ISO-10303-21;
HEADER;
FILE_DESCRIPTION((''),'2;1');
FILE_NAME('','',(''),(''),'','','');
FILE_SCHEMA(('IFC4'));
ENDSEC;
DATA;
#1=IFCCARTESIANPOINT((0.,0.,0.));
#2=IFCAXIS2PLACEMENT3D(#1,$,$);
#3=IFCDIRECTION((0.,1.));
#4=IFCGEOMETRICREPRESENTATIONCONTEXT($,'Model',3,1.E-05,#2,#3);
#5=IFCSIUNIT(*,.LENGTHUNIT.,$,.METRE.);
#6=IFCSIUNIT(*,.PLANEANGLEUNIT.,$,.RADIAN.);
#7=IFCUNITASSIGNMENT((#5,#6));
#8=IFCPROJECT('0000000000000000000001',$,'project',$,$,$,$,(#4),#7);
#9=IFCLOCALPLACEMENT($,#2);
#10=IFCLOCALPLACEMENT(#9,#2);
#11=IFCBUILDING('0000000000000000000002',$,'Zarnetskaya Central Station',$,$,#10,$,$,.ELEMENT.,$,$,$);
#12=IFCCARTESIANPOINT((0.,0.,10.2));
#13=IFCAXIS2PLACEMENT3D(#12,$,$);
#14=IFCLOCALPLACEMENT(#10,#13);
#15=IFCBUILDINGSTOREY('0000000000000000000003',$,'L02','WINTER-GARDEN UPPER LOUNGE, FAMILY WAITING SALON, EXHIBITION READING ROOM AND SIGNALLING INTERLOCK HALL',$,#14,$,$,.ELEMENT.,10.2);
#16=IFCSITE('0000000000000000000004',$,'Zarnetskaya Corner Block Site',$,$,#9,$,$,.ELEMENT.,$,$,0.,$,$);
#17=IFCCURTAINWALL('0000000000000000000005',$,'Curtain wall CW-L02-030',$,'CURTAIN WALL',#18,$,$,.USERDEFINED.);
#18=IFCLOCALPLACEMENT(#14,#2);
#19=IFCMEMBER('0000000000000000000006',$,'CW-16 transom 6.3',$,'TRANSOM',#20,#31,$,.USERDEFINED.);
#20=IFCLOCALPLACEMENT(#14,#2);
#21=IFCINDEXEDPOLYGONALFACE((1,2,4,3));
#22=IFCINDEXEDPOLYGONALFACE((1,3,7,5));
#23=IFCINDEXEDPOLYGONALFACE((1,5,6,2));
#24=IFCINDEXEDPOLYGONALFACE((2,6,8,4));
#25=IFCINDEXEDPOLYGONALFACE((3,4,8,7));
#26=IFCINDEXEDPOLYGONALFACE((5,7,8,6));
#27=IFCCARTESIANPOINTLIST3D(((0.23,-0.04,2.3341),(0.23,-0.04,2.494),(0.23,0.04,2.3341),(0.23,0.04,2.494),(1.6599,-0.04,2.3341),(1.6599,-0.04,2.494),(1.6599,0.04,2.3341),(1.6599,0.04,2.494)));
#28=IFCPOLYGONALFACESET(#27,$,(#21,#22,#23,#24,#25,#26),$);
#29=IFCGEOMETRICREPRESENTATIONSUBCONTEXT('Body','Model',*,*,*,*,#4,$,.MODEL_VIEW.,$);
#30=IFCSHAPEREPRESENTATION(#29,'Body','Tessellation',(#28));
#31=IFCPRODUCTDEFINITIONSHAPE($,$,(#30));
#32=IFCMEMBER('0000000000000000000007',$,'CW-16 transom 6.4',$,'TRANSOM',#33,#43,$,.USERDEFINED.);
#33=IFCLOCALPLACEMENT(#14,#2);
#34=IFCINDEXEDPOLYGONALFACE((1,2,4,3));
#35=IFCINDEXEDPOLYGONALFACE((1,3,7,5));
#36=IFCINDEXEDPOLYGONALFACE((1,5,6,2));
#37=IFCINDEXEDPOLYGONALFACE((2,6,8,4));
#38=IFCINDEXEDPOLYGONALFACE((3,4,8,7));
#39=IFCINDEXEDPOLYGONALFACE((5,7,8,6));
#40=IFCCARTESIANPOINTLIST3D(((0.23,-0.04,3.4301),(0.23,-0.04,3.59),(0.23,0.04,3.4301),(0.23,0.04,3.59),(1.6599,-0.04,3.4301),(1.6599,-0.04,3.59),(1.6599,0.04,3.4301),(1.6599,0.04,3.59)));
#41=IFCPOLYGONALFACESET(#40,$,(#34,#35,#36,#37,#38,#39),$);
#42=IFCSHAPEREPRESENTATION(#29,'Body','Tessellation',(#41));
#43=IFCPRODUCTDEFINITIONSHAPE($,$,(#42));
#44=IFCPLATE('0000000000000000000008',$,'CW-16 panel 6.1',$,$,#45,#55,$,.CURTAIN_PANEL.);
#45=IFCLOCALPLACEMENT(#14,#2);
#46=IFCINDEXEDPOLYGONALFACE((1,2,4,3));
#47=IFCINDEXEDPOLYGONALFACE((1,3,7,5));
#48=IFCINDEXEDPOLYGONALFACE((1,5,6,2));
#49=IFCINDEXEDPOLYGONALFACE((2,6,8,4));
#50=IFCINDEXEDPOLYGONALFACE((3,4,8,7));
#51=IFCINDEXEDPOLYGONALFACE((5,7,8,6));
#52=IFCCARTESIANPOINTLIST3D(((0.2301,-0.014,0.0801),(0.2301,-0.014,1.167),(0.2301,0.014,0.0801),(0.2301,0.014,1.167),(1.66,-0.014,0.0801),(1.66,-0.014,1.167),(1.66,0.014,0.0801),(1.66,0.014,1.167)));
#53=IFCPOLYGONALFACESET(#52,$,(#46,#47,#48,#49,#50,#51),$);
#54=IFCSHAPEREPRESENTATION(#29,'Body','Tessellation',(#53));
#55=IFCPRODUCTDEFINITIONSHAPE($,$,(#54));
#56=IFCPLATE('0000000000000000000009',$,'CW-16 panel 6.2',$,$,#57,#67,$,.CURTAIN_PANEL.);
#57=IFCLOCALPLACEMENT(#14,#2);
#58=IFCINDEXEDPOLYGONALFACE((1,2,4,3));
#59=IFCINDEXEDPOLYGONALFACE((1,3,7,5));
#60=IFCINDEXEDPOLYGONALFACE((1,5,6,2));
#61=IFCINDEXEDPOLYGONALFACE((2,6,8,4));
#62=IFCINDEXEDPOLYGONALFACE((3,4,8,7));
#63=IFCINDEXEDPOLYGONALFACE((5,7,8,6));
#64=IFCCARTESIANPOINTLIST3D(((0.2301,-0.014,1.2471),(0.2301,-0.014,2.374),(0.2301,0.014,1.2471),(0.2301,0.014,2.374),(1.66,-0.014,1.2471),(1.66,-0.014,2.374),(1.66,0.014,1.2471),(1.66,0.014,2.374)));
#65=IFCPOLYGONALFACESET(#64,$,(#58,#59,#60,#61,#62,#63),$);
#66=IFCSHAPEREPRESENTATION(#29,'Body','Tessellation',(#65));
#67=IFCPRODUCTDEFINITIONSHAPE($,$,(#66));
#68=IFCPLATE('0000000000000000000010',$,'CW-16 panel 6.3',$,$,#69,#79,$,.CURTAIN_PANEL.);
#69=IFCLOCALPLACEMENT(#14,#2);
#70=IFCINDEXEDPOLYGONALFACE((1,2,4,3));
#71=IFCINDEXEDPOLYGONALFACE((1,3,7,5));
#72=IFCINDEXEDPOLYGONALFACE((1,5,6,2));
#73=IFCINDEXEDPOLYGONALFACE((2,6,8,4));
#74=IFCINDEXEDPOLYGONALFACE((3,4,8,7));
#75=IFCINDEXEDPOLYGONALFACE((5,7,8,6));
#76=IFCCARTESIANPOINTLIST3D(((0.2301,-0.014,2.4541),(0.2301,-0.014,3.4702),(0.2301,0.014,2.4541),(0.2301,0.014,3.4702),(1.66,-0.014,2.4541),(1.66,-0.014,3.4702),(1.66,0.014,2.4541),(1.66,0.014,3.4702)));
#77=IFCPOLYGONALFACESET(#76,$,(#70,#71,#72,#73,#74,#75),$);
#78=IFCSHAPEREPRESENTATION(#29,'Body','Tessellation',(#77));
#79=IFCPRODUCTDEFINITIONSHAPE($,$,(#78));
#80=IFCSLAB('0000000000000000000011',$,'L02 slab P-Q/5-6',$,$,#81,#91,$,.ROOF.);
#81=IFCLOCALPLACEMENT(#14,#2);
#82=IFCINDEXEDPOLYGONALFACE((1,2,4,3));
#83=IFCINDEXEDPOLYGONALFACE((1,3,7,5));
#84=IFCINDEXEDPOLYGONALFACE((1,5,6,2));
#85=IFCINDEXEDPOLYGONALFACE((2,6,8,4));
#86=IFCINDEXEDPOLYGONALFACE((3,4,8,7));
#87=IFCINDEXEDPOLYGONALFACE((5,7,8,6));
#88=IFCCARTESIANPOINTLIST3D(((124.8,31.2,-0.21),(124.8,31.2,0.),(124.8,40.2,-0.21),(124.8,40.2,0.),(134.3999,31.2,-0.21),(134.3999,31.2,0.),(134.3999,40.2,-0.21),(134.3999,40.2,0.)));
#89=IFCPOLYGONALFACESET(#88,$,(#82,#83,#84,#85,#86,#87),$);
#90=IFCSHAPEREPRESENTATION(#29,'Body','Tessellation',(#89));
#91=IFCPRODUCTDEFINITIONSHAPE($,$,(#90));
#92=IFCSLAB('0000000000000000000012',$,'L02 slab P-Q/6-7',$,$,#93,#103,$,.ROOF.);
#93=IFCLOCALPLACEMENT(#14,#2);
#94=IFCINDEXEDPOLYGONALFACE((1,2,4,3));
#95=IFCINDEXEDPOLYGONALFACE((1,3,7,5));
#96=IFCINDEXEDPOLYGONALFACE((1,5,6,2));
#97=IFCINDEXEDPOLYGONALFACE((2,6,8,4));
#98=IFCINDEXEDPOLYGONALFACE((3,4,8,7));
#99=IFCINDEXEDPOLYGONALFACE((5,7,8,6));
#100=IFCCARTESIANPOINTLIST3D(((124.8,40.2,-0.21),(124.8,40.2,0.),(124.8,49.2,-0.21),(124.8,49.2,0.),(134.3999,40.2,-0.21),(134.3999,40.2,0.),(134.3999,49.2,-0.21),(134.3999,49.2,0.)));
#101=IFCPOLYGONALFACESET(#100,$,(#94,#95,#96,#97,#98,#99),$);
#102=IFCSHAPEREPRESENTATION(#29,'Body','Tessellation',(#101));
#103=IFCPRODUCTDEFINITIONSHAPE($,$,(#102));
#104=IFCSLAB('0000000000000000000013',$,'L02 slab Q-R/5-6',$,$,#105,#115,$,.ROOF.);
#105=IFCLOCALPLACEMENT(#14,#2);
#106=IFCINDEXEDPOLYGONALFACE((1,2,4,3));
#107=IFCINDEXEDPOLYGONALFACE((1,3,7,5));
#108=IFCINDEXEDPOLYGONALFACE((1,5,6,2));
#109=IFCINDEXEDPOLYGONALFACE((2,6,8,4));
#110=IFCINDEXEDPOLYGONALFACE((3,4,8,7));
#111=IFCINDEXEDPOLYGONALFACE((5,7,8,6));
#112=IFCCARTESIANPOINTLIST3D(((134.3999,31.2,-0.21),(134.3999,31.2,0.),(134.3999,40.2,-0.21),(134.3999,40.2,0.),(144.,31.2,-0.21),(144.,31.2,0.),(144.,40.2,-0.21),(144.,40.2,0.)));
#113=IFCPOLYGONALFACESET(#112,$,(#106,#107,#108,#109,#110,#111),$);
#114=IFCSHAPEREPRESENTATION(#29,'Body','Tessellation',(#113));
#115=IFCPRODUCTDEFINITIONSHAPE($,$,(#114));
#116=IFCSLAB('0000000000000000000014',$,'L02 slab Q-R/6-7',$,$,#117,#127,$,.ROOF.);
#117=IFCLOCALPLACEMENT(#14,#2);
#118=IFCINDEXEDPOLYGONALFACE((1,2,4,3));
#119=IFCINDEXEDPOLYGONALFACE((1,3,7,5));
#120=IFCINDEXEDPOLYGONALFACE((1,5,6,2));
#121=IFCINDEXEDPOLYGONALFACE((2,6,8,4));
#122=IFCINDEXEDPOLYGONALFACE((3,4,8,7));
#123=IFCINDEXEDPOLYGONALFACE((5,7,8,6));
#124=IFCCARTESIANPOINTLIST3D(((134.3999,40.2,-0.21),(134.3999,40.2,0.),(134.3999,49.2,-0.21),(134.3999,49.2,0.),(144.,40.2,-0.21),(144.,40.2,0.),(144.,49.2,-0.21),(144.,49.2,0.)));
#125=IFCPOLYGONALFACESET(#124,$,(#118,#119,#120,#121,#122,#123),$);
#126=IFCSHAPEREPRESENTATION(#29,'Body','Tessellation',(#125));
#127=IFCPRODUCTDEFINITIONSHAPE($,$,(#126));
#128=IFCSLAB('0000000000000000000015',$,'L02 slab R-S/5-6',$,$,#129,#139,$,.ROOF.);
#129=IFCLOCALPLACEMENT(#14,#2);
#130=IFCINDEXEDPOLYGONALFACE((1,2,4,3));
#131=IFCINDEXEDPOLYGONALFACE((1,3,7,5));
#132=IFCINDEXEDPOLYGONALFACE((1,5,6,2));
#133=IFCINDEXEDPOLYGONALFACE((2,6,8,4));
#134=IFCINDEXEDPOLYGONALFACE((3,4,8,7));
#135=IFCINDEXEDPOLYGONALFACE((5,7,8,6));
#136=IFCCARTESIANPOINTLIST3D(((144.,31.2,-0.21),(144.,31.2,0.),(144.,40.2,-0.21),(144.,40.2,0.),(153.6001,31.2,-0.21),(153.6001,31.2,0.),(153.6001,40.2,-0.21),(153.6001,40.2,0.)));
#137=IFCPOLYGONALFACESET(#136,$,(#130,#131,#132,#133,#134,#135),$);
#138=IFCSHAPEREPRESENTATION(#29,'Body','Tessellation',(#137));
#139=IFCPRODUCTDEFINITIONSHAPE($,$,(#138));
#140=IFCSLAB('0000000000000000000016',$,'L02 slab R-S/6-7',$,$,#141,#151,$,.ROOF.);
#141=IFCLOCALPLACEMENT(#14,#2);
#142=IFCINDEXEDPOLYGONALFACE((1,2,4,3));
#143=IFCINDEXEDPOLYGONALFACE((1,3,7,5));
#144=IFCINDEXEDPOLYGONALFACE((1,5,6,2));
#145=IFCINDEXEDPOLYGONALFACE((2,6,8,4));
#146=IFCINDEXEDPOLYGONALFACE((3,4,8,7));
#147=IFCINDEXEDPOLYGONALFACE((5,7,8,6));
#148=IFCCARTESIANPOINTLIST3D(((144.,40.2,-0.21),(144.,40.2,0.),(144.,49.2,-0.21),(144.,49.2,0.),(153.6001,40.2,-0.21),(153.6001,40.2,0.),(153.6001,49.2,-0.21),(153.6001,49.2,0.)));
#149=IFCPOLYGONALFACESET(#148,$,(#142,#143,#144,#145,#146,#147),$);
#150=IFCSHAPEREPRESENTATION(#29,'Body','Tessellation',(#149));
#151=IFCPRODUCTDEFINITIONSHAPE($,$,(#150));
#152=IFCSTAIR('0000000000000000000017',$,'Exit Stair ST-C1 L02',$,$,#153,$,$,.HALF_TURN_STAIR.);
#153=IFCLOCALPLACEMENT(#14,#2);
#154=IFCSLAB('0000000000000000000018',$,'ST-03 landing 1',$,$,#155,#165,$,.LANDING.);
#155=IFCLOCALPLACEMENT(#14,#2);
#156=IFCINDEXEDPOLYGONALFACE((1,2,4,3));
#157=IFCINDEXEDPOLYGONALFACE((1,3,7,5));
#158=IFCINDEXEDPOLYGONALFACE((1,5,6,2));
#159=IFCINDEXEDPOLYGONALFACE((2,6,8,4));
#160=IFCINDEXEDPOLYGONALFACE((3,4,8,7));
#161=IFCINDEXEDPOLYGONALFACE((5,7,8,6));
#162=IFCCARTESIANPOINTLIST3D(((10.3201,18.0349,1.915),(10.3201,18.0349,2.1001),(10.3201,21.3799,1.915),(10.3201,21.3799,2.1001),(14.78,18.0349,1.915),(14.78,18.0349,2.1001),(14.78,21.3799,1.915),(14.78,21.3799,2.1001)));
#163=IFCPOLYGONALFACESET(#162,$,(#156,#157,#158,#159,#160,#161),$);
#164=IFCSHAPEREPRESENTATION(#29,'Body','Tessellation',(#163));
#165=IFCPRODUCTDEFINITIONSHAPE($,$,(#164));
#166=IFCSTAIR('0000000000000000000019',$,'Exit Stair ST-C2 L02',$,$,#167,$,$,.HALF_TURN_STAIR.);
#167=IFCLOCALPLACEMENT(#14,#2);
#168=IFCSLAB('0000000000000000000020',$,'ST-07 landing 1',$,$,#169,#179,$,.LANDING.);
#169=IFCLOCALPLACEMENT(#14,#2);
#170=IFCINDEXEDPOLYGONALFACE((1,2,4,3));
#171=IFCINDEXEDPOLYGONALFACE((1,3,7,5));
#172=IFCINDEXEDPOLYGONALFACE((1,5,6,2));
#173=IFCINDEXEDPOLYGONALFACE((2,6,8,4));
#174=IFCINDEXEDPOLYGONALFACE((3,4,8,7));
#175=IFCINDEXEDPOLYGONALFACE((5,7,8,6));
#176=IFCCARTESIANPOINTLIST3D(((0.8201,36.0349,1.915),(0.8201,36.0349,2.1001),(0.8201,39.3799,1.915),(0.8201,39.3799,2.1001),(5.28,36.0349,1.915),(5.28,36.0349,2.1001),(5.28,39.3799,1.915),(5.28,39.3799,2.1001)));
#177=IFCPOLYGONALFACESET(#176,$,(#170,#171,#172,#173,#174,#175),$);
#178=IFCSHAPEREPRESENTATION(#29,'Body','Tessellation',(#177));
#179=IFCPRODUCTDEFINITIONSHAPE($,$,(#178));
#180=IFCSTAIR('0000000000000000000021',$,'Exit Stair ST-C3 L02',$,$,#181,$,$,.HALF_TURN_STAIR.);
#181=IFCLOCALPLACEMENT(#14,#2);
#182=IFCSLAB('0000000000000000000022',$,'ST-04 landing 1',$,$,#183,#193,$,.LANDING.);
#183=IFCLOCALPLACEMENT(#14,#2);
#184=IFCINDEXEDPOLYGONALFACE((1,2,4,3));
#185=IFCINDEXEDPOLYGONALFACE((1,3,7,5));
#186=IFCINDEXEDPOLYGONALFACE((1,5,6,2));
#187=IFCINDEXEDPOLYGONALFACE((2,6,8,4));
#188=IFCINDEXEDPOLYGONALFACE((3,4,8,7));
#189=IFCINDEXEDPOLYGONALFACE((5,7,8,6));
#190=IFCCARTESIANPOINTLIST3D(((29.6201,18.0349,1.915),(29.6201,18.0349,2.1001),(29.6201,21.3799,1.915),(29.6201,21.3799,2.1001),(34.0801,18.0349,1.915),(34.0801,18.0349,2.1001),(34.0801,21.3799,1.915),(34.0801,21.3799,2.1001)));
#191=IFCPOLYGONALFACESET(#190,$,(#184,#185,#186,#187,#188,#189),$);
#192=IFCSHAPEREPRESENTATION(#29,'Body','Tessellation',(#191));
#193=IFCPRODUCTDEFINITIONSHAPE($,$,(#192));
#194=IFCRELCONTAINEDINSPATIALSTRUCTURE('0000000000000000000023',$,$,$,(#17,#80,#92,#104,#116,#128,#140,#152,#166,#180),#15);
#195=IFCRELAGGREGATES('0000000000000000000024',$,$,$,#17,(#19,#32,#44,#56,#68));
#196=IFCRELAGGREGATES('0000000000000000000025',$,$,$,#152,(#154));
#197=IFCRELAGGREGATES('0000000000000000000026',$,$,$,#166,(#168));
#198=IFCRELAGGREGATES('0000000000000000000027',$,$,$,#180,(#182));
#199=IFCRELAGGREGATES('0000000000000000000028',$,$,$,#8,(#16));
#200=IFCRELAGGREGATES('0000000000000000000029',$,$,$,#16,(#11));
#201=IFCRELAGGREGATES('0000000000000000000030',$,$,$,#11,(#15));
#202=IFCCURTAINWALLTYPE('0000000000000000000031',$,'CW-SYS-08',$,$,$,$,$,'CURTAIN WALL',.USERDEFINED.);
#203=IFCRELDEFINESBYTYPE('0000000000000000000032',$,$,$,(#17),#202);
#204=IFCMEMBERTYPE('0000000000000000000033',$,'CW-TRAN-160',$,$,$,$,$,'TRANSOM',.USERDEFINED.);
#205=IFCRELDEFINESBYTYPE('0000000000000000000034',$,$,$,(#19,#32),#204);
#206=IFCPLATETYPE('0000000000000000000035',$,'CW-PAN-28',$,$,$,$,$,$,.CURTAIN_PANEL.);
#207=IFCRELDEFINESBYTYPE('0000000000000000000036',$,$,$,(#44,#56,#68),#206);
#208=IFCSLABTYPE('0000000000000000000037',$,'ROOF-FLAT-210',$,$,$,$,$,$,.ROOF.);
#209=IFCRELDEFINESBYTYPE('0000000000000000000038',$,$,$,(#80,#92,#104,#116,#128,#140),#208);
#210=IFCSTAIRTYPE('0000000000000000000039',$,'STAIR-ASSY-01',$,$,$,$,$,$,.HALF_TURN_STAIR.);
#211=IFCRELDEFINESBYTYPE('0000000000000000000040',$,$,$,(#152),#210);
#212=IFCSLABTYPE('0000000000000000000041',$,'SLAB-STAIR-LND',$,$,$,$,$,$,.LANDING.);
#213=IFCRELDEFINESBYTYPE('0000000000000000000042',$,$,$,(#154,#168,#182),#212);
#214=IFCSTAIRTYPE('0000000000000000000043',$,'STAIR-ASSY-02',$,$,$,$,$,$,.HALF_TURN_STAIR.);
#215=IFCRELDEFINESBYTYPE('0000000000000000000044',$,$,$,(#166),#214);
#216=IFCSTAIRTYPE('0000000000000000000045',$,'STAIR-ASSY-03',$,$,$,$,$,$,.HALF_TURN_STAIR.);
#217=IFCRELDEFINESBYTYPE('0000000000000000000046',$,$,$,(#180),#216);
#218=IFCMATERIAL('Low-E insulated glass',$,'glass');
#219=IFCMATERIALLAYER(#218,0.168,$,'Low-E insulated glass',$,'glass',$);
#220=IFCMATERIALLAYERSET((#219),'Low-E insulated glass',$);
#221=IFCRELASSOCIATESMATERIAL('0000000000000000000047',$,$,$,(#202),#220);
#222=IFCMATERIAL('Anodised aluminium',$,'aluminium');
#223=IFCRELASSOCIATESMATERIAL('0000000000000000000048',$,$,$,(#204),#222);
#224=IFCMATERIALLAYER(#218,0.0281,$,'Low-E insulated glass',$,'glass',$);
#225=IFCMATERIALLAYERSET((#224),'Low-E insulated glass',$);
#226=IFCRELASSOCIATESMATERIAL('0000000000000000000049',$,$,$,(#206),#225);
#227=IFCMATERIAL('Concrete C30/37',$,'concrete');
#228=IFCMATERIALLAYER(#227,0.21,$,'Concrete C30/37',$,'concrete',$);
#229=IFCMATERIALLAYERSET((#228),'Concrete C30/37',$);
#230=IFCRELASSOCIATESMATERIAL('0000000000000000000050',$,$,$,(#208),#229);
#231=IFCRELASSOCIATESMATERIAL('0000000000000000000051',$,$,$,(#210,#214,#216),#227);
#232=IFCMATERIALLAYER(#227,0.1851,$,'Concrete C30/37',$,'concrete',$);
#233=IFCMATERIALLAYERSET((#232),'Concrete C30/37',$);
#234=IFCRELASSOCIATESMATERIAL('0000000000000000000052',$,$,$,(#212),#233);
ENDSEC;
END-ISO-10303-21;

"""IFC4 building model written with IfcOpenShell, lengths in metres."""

from ifc_helpers import new_model, si_unit, direction, frame, origin, origin_2d, place, context, subcontext, project, spatial, polyline, rectangle, outline, extrude, material, layer, layer_set, material_profile, profile_set, type_object, element, aggregate, save


model = new_model("IFC4")

# Units and contexts
model_context = context("Model", 3, precision=1e-05, world=origin(), true_north=direction((0.0, 1.0)))
body_context = subcontext(model_context, "Body", "Model", "MODEL_VIEW")
ifc_project = project(units=[si_unit("LENGTHUNIT", "METRE"), si_unit("PLANEANGLEUNIT", "RADIAN")], contexts=[model_context])

# Site, building, storey
site_placement = place(None, origin())
site = spatial("IfcSite", under=ifc_project, at=site_placement, Name="Zarnetskaya Corner Block Site", CompositionType="ELEMENT", RefElevation=0.0)
building_placement = place(site_placement, origin())
building = spatial("IfcBuilding", under=site, at=building_placement, Name="Zarnetskaya Central Station", CompositionType="ELEMENT")
storey_placement = place(building_placement, frame((0.0, 0.0, 10.2)))
storey = spatial("IfcBuildingStorey", under=building, at=storey_placement, Name="L02", Description="WINTER-GARDEN UPPER LOUNGE, FAMILY WAITING SALON, EXHIBITION READING ROOM AND SIGNALLING INTERLOCK HALL", CompositionType="ELEMENT", Elevation=10.2)

# Curtain wall, members, plates
ifc_material_1 = material(Name="Low-E insulated glass", Category="glass")
ifc_layer_1 = layer(ifc_material_1, 0.168, Name="Low-E insulated glass", Category="glass")
ifc_layer_set_1 = layer_set([ifc_layer_1], Name="Low-E insulated glass")
curtain_wall_type = type_object("IfcCurtainWallType", Name="CW-SYS-08", ElementType="CURTAIN WALL", PredefinedType="USERDEFINED", material=ifc_layer_set_1)
curtain_wall_placement = place(storey_placement, origin())
curtain_wall = element("IfcCurtainWall", 1, at=curtain_wall_placement, inside=storey, type_object=curtain_wall_type, Name="Curtain wall CW-L02-030", ObjectType="CURTAIN WALL", PredefinedType="USERDEFINED")
ifc_material_2 = material(Name="Anodised aluminium", Category="aluminium")
ifc_material_profile_1 = material_profile(ifc_material_2, rectangle(XDim=0.0801, YDim=0.1599, at=origin_2d()), Name="ALU TRAN 80x160")
ifc_profile_set_1 = profile_set([ifc_material_profile_1], Name="Anodised aluminium")
member_type_1 = type_object("IfcMemberType", Name="CW-TRAN-160", ElementType="TRANSOM", PredefinedType="USERDEFINED", material=ifc_profile_set_1)
member_1_placement = place(storey_placement, frame((1.6599, 0.0, 2.4141), z_axis=(-1.0, 0.0, 0.0), x_axis=(0.0, -1.0, 0.0)))
member_1 = element("IfcMember", 2, at=member_1_placement, type_object=member_type_1, Name="CW-16 transom 6.3", ObjectType="TRANSOM", PredefinedType="USERDEFINED", context=body_context, shape_type="SweptSolid", body=[
    extrude(rectangle(XDim=0.0801, YDim=0.1599, at=origin_2d()), origin(), (0.0, 0.0, 1.0), 1.4299),
])
member_2_placement = place(storey_placement, frame((1.6599, 0.0, 3.51), z_axis=(-1.0, 0.0, 0.0), x_axis=(0.0, -1.0, 0.0)))
member_2 = element("IfcMember", 3, at=member_2_placement, type_object=member_type_1, Name="CW-16 transom 6.4", ObjectType="TRANSOM", PredefinedType="USERDEFINED", context=body_context, shape_type="SweptSolid", body=[
    extrude(rectangle(XDim=0.0801, YDim=0.1599, at=origin_2d()), origin(), (0.0, 0.0, 1.0), 1.4299),
])
ifc_layer_2 = layer(ifc_material_1, 0.0281, Name="Low-E insulated glass", Category="glass")
ifc_layer_set_2 = layer_set([ifc_layer_2], Name="Low-E insulated glass")
plate_type = type_object("IfcPlateType", Name="CW-PAN-28", PredefinedType="CURTAIN_PANEL", material=ifc_layer_set_2)
plate_1_placement = place(storey_placement, frame((0.9451, 0.0, 0.0801), z_axis=(0.0, 0.0, 1.0), x_axis=(-1.0, 0.0, 0.0)))
plate_1 = element("IfcPlate", 4, at=plate_1_placement, type_object=plate_type, Name="CW-16 panel 6.1", PredefinedType="CURTAIN_PANEL", context=body_context, shape_type="SweptSolid", body=[
    extrude(rectangle(XDim=1.4299, YDim=0.0281, at=origin_2d()), origin(), (0.0, 0.0, 1.0), 1.0869),
])
plate_2_placement = place(storey_placement, frame((0.9451, 0.0, 1.2471), z_axis=(0.0, 0.0, 1.0), x_axis=(-1.0, 0.0, 0.0)))
plate_2 = element("IfcPlate", 5, at=plate_2_placement, type_object=plate_type, Name="CW-16 panel 6.2", PredefinedType="CURTAIN_PANEL", context=body_context, shape_type="SweptSolid", body=[
    extrude(rectangle(XDim=1.4299, YDim=0.0281, at=origin_2d()), origin(), (0.0, 0.0, 1.0), 1.127),
])
plate_3_placement = place(storey_placement, frame((0.9451, 0.0, 2.4541), z_axis=(0.0, 0.0, 1.0), x_axis=(-1.0, 0.0, 0.0)))
plate_3 = element("IfcPlate", 6, at=plate_3_placement, type_object=plate_type, Name="CW-16 panel 6.3", PredefinedType="CURTAIN_PANEL", context=body_context, shape_type="SweptSolid", body=[
    extrude(rectangle(XDim=1.4299, YDim=0.0281, at=origin_2d()), origin(), (0.0, 0.0, 1.0), 1.0161),
])
aggregate(curtain_wall, [member_1, member_2, plate_1, plate_2, plate_3])

# Slabs
ifc_material_3 = material(Name="Concrete C30/37", Category="concrete")
ifc_layer_3 = layer(ifc_material_3, 0.21, Name="Concrete C30/37", Category="concrete")
ifc_layer_set_3 = layer_set([ifc_layer_3], Name="Concrete C30/37")
slab_type_1 = type_object("IfcSlabType", Name="ROOF-FLAT-210", PredefinedType="ROOF", material=ifc_layer_set_3)
slab_1_placement = place(storey_placement, frame((0.0, 0.0, -0.21)))
element("IfcSlab", 7, at=slab_1_placement, inside=storey, type_object=slab_type_1, Name="L02 slab P-Q/5-6", PredefinedType="ROOF", context=body_context, shape_type="SweptSolid", body=[
    extrude(outline(polyline([(124.8, 31.2), (134.3999, 31.2), (134.3999, 40.2), (124.8, 40.2), (124.8, 31.2)])), origin(), (0.0, 0.0, 1.0), 0.21),
])
slab_2_placement = place(storey_placement, frame((0.0, 0.0, -0.21)))
element("IfcSlab", 8, at=slab_2_placement, inside=storey, type_object=slab_type_1, Name="L02 slab P-Q/6-7", PredefinedType="ROOF", context=body_context, shape_type="SweptSolid", body=[
    extrude(outline(polyline([(124.8, 40.2), (134.3999, 40.2), (134.3999, 49.2), (124.8, 49.2), (124.8, 40.2)])), origin(), (0.0, 0.0, 1.0), 0.21),
])
slab_3_placement = place(storey_placement, frame((0.0, 0.0, -0.21)))
element("IfcSlab", 9, at=slab_3_placement, inside=storey, type_object=slab_type_1, Name="L02 slab Q-R/5-6", PredefinedType="ROOF", context=body_context, shape_type="SweptSolid", body=[
    extrude(outline(polyline([(134.3999, 31.2), (144.0, 31.2), (144.0, 40.2), (134.3999, 40.2), (134.3999, 31.2)])), origin(), (0.0, 0.0, 1.0), 0.21),
])
slab_4_placement = place(storey_placement, frame((0.0, 0.0, -0.21)))
element("IfcSlab", 10, at=slab_4_placement, inside=storey, type_object=slab_type_1, Name="L02 slab Q-R/6-7", PredefinedType="ROOF", context=body_context, shape_type="SweptSolid", body=[
    extrude(outline(polyline([(134.3999, 40.2), (144.0, 40.2), (144.0, 49.2), (134.3999, 49.2), (134.3999, 40.2)])), origin(), (0.0, 0.0, 1.0), 0.21),
])
slab_5_placement = place(storey_placement, frame((0.0, 0.0, -0.21)))
element("IfcSlab", 11, at=slab_5_placement, inside=storey, type_object=slab_type_1, Name="L02 slab R-S/5-6", PredefinedType="ROOF", context=body_context, shape_type="SweptSolid", body=[
    extrude(outline(polyline([(144.0, 31.2), (153.6001, 31.2), (153.6001, 40.2), (144.0, 40.2), (144.0, 31.2)])), origin(), (0.0, 0.0, 1.0), 0.21),
])
slab_6_placement = place(storey_placement, frame((0.0, 0.0, -0.21)))
element("IfcSlab", 12, at=slab_6_placement, inside=storey, type_object=slab_type_1, Name="L02 slab R-S/6-7", PredefinedType="ROOF", context=body_context, shape_type="SweptSolid", body=[
    extrude(outline(polyline([(144.0, 40.2), (153.6001, 40.2), (153.6001, 49.2), (144.0, 49.2), (144.0, 40.2)])), origin(), (0.0, 0.0, 1.0), 0.21),
])

# Stairs, slabs
stair_type_1 = type_object("IfcStairType", Name="STAIR-ASSY-01", PredefinedType="HALF_TURN_STAIR", material=ifc_material_3)
stair_1_placement = place(storey_placement, origin())
stair_1 = element("IfcStair", 13, at=stair_1_placement, inside=storey, type_object=stair_type_1, Name="Exit Stair ST-C1 L02", PredefinedType="HALF_TURN_STAIR")
ifc_layer_4 = layer(ifc_material_3, 0.1851, Name="Concrete C30/37", Category="concrete")
ifc_layer_set_4 = layer_set([ifc_layer_4], Name="Concrete C30/37")
slab_type_2 = type_object("IfcSlabType", Name="SLAB-STAIR-LND", PredefinedType="LANDING", material=ifc_layer_set_4)
slab_7_placement = place(storey_placement, frame((0.0, 0.0, 1.915)))
slab_7 = element("IfcSlab", 14, at=slab_7_placement, type_object=slab_type_2, Name="ST-03 landing 1", PredefinedType="LANDING", context=body_context, shape_type="SweptSolid", body=[
    extrude(outline(polyline([(10.3201, 18.0349), (14.78, 18.0349), (14.78, 21.3799), (10.3201, 21.3799), (10.3201, 18.0349)])), origin(), (0.0, 0.0, 1.0), 0.1851),
])
aggregate(stair_1, [slab_7])
stair_type_2 = type_object("IfcStairType", Name="STAIR-ASSY-02", PredefinedType="HALF_TURN_STAIR", material=ifc_material_3)
stair_2_placement = place(storey_placement, origin())
stair_2 = element("IfcStair", 15, at=stair_2_placement, inside=storey, type_object=stair_type_2, Name="Exit Stair ST-C2 L02", PredefinedType="HALF_TURN_STAIR")
slab_8_placement = place(storey_placement, frame((0.0, 0.0, 1.915)))
slab_8 = element("IfcSlab", 16, at=slab_8_placement, type_object=slab_type_2, Name="ST-07 landing 1", PredefinedType="LANDING", context=body_context, shape_type="SweptSolid", body=[
    extrude(outline(polyline([(0.8201, 36.0349), (5.28, 36.0349), (5.28, 39.3799), (0.8201, 39.3799), (0.8201, 36.0349)])), origin(), (0.0, 0.0, 1.0), 0.1851),
])
aggregate(stair_2, [slab_8])
stair_type_3 = type_object("IfcStairType", Name="STAIR-ASSY-03", PredefinedType="HALF_TURN_STAIR", material=ifc_material_3)
stair_3_placement = place(storey_placement, origin())
stair_3 = element("IfcStair", 17, at=stair_3_placement, inside=storey, type_object=stair_type_3, Name="Exit Stair ST-C3 L02", PredefinedType="HALF_TURN_STAIR")
slab_9_placement = place(storey_placement, frame((0.0, 0.0, 1.915)))
slab_9 = element("IfcSlab", 18, at=slab_9_placement, type_object=slab_type_2, Name="ST-04 landing 1", PredefinedType="LANDING", context=body_context, shape_type="SweptSolid", body=[
    extrude(outline(polyline([(29.6201, 18.0349), (34.0801, 18.0349), (34.0801, 21.3799), (29.6201, 21.3799), (29.6201, 18.0349)])), origin(), (0.0, 0.0, 1.0), 0.1851),
])
aggregate(stair_3, [slab_9])

save(model, "model.ifc")
